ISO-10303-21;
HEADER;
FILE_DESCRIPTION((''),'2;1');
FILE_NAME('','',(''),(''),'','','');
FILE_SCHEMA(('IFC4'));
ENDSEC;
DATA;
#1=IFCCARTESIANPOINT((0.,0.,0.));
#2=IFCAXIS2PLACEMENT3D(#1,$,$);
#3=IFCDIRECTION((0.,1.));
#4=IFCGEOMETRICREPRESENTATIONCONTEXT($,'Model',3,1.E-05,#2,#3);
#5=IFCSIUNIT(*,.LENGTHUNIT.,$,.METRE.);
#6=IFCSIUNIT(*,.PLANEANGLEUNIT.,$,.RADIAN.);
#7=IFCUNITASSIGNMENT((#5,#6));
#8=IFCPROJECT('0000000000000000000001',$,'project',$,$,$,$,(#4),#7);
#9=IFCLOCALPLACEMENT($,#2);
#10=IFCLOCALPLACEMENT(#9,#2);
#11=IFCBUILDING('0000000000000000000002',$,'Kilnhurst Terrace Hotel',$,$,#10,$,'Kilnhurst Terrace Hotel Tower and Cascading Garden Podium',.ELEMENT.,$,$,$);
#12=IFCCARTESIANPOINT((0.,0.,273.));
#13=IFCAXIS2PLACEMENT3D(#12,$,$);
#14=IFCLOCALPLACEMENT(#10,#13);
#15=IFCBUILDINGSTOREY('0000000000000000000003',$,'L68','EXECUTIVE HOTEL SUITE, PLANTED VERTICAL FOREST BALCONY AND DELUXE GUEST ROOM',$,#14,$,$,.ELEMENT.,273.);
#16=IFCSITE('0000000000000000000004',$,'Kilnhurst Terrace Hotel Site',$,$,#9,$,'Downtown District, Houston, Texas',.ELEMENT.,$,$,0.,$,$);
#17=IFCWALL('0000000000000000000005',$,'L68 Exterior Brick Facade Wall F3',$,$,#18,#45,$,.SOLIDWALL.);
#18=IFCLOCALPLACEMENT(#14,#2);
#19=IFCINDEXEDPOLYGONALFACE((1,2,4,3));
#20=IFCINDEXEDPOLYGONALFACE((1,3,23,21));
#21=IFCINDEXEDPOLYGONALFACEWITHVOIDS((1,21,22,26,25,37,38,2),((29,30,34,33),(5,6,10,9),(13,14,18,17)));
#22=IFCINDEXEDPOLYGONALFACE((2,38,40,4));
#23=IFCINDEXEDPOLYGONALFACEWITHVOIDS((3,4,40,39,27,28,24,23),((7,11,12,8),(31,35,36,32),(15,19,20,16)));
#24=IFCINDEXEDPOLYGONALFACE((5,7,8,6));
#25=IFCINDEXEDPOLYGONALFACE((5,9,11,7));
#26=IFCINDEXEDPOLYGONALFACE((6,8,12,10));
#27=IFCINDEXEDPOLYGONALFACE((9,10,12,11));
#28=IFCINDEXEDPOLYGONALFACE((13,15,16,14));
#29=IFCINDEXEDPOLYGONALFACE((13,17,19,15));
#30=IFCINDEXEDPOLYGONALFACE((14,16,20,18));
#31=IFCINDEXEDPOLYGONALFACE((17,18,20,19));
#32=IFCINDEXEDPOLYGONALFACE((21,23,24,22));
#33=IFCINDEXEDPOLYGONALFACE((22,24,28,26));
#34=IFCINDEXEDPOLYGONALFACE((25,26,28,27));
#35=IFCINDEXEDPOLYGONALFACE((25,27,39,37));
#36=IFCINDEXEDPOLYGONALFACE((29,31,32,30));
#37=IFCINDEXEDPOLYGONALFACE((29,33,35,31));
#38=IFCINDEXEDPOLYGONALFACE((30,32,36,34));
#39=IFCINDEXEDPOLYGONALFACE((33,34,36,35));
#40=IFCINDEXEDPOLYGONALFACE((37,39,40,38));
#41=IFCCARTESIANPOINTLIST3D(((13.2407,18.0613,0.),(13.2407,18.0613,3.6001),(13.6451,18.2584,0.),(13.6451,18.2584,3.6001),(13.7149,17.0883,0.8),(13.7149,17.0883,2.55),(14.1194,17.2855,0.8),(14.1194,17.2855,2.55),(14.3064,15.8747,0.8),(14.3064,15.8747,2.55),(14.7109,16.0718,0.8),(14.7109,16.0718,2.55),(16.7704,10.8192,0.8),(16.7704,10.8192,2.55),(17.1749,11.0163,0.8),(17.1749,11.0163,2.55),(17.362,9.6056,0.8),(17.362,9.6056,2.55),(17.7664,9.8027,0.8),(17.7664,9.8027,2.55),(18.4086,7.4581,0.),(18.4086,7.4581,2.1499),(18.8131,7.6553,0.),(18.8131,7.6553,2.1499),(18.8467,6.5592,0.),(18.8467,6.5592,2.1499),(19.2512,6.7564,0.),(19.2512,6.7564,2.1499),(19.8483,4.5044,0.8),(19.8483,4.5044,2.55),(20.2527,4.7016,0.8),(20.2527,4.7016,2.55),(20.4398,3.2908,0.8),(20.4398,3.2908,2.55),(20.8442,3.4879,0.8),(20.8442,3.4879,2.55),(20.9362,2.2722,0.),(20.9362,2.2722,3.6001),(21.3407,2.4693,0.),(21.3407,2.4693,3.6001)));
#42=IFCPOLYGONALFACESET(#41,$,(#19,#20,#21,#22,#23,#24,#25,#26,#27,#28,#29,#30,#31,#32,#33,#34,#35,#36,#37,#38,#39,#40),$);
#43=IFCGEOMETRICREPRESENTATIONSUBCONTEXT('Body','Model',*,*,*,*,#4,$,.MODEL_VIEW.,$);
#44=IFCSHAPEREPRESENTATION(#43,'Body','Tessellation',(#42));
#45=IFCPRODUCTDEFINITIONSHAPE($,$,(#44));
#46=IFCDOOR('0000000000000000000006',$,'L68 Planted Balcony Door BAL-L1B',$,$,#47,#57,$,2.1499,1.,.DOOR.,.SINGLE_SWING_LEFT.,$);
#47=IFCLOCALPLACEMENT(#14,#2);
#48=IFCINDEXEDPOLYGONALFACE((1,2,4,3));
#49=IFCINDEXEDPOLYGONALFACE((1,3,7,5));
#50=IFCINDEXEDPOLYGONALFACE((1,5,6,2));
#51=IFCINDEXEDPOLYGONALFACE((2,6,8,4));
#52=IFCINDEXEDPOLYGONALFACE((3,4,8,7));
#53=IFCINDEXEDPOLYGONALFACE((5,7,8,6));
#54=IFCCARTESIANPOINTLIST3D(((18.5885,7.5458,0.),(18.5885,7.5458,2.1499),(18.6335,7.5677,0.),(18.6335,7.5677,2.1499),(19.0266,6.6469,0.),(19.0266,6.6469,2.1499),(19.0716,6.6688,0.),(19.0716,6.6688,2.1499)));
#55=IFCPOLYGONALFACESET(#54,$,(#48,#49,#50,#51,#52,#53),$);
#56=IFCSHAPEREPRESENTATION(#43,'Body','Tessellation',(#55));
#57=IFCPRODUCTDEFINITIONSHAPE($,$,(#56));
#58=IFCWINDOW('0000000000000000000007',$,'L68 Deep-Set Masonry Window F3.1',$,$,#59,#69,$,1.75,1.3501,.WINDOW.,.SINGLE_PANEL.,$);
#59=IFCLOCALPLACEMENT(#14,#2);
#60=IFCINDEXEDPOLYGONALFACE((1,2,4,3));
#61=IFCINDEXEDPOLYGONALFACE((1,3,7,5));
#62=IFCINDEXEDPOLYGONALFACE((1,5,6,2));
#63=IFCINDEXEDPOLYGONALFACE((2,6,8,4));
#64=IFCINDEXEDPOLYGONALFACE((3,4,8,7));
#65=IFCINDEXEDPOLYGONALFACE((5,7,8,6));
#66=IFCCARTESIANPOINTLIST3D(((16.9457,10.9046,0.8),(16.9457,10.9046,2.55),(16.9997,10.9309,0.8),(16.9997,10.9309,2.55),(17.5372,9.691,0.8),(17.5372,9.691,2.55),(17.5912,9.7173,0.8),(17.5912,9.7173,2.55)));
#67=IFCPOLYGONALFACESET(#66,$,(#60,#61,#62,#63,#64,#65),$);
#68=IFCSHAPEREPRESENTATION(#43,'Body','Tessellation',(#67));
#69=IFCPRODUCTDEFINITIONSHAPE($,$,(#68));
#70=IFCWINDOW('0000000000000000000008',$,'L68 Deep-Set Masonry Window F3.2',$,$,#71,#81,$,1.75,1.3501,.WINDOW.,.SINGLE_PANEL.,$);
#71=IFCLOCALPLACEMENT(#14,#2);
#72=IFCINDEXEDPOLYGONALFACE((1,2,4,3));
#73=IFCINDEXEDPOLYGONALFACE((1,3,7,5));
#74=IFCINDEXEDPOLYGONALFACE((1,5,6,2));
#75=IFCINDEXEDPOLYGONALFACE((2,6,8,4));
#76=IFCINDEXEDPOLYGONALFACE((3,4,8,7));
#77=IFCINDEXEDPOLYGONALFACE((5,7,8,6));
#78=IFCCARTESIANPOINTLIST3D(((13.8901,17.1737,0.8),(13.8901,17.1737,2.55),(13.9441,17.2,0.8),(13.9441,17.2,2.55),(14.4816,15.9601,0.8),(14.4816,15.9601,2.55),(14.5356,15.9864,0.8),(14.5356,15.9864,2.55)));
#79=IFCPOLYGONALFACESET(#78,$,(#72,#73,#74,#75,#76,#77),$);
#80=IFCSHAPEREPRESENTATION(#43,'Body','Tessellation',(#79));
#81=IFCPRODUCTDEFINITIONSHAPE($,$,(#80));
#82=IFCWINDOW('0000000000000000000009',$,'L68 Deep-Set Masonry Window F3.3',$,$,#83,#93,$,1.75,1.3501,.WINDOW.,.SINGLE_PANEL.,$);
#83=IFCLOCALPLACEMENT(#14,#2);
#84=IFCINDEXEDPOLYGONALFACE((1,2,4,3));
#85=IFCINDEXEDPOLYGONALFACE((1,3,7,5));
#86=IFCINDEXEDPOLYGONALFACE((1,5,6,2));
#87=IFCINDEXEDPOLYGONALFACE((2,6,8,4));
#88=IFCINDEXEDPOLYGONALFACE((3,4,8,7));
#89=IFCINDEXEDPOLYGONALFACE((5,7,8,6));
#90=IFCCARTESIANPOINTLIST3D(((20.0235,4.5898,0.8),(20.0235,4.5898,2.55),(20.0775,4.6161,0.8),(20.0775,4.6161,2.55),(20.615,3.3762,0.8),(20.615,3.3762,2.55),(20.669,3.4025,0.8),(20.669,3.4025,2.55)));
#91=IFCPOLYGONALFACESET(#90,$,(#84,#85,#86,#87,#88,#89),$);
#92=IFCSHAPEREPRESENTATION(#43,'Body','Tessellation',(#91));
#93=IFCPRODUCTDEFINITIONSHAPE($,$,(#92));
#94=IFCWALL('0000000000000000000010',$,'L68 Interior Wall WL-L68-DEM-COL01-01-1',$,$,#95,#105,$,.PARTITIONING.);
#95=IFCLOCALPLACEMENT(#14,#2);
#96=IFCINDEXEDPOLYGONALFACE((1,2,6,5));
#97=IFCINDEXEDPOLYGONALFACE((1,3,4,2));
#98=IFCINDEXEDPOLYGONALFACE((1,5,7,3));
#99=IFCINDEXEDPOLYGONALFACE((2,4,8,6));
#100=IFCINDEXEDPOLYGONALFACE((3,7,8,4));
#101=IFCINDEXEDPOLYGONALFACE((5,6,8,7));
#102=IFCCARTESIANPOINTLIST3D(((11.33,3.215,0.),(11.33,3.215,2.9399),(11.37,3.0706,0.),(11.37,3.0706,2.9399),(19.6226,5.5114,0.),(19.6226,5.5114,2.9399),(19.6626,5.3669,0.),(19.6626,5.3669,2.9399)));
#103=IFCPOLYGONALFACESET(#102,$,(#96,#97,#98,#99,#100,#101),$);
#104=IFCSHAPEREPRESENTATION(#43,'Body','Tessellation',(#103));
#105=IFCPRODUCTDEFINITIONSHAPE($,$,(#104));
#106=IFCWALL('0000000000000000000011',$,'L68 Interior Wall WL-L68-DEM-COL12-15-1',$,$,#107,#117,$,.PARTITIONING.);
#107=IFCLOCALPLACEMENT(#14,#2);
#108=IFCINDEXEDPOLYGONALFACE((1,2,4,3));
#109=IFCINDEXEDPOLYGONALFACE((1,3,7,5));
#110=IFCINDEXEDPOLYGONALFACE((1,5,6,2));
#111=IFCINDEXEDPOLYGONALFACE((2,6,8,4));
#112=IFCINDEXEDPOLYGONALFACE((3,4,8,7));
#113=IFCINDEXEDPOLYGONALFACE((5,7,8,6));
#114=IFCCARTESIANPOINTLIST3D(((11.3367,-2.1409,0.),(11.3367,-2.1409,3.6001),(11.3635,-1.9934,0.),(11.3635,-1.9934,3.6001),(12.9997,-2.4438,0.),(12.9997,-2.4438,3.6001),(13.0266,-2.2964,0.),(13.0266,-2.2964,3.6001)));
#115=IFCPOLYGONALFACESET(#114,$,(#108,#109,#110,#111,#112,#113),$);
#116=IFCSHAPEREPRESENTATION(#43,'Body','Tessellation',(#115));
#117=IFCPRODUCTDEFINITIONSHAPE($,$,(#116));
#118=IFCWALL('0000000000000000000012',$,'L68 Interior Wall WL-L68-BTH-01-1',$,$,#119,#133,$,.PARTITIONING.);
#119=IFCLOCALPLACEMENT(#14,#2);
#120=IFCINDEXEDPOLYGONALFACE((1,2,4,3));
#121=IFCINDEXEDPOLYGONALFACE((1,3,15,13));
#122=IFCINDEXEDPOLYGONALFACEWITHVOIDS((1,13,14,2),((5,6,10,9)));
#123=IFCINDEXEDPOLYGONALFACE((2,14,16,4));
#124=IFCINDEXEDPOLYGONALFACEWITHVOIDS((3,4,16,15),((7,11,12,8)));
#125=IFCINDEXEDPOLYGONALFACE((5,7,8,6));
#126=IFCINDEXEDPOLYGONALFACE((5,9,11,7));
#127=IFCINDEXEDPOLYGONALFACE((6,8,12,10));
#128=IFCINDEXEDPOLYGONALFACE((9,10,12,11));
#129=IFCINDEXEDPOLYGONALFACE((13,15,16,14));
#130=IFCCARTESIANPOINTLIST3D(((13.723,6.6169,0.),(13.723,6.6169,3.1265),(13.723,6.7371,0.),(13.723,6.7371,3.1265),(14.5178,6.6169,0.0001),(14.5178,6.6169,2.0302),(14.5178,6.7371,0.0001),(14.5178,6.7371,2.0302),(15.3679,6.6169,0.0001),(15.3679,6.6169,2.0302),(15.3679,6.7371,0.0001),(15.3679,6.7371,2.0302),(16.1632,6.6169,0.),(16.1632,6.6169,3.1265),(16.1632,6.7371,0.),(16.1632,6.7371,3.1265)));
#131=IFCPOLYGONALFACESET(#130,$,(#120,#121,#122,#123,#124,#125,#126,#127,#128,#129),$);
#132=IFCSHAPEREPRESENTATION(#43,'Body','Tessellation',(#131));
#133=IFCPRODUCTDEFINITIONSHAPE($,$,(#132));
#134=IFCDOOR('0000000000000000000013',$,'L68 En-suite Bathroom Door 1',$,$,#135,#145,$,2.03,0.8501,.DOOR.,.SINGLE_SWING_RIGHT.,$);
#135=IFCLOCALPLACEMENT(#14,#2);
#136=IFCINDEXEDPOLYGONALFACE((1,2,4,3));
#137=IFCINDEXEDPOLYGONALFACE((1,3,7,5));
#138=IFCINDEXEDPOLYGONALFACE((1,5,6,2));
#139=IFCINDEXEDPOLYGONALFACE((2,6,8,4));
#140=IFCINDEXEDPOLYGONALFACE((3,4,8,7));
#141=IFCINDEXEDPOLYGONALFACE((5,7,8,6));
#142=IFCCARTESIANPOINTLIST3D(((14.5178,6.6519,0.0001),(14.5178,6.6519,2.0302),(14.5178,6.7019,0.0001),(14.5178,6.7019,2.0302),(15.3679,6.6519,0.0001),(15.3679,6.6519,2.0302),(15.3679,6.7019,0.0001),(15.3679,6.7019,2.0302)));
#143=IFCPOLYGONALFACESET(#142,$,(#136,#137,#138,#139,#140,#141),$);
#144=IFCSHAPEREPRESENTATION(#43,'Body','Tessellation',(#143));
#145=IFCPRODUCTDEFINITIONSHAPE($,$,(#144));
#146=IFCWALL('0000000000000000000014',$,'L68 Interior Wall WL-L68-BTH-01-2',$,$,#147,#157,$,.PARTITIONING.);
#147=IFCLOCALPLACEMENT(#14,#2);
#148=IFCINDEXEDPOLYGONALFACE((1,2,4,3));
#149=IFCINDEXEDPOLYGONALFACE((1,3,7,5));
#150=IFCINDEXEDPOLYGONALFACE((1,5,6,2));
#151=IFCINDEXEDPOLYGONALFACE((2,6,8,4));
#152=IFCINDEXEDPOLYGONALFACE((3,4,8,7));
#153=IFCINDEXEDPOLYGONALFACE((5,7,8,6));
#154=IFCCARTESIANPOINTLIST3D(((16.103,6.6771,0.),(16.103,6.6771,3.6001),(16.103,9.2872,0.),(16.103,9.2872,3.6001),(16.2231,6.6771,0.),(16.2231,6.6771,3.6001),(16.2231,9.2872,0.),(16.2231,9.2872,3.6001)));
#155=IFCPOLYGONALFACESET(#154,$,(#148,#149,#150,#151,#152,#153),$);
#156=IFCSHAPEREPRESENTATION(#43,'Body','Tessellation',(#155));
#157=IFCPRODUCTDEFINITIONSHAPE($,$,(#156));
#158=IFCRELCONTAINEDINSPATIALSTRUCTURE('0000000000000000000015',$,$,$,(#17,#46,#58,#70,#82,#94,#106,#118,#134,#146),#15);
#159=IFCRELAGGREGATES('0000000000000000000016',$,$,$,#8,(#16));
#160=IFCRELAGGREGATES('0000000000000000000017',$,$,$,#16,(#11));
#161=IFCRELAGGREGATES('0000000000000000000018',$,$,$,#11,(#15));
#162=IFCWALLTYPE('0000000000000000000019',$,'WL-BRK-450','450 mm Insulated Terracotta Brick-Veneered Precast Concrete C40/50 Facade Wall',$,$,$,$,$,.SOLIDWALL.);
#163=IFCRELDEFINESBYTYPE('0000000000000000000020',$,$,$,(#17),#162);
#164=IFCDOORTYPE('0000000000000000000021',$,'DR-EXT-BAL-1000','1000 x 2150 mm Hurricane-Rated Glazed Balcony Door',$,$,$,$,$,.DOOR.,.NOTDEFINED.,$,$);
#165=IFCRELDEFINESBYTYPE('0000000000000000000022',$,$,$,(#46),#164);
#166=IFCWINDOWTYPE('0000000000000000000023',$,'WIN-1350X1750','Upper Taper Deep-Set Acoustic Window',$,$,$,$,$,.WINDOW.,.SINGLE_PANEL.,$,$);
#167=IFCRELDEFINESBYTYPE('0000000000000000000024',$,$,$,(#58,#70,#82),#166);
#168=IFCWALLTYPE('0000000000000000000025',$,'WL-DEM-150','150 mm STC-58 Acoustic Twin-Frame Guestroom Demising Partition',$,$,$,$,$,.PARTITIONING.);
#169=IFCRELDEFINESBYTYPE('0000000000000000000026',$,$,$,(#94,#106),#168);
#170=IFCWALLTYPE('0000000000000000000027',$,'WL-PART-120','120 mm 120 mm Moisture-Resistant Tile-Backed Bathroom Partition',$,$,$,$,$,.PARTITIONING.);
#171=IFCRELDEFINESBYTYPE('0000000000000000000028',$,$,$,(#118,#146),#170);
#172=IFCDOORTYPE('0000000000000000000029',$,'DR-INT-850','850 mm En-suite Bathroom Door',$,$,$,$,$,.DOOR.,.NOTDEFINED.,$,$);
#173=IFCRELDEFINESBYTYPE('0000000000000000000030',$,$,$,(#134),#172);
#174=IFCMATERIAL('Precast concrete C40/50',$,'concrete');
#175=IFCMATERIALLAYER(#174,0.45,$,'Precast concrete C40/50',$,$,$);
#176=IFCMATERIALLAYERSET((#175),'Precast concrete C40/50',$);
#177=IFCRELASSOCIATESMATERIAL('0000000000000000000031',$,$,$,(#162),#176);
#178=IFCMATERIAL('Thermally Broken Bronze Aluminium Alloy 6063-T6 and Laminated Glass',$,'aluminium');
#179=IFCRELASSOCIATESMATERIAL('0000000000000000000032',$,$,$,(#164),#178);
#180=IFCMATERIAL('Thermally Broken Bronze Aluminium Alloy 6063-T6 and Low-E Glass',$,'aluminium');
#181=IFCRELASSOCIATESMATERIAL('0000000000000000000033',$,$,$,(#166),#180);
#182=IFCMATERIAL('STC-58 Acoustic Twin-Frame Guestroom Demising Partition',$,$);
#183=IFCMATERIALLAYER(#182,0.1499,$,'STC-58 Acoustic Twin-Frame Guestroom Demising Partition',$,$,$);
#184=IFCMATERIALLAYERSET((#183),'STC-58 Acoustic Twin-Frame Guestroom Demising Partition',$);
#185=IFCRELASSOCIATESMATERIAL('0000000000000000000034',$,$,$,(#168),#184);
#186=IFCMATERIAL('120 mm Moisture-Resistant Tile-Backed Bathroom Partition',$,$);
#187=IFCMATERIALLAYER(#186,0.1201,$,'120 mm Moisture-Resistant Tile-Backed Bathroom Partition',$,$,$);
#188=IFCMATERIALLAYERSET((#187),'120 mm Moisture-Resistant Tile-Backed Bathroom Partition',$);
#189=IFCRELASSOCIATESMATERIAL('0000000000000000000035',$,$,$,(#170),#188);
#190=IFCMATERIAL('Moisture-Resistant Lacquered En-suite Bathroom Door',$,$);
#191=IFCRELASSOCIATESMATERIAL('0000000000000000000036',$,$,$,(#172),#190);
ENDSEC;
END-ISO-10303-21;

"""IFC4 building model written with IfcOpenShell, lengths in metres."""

from ifc_helpers import new_model, si_unit, direction, frame, frame_2d, origin, place, context, subcontext, project, spatial, rectangle, extrude, material, layer, layer_set, type_object, element, fill, save


model = new_model("IFC4")

# Units and contexts
model_context = context("Model", 3, precision=1e-05, world=origin(), true_north=direction((0.0, 1.0)))
body_context = subcontext(model_context, "Body", "Model", "MODEL_VIEW")
ifc_project = project(units=[si_unit("LENGTHUNIT", "METRE"), si_unit("PLANEANGLEUNIT", "RADIAN")], contexts=[model_context])

# Site, building, storey
site_placement = place(None, origin())
site = spatial("IfcSite", under=ifc_project, at=site_placement, Name="Kilnhurst Terrace Hotel Site", LongName="Downtown District, Houston, Texas", CompositionType="ELEMENT", RefElevation=0.0)
building_placement = place(site_placement, origin())
building = spatial("IfcBuilding", under=site, at=building_placement, Name="Kilnhurst Terrace Hotel", LongName="Kilnhurst Terrace Hotel Tower and Cascading Garden Podium", CompositionType="ELEMENT")
storey_placement = place(building_placement, frame((0.0, 0.0, 273.0)))
storey = spatial("IfcBuildingStorey", under=building, at=storey_placement, Name="L68", Description="EXECUTIVE HOTEL SUITE, PLANTED VERTICAL FOREST BALCONY AND DELUXE GUEST ROOM", CompositionType="ELEMENT", Elevation=273.0)

# Shared definitions
ifc_material_1 = material(Name="Precast concrete C40/50", Category="concrete")
ifc_layer_1 = layer(ifc_material_1, 0.45, Name="Precast concrete C40/50")
ifc_layer_set_1 = layer_set([ifc_layer_1], Name="Precast concrete C40/50")
wall_type_1 = type_object("IfcWallType", Name="WL-BRK-450", Description="450 mm Insulated Terracotta Brick-Veneered Precast Concrete C40/50 Facade Wall", PredefinedType="SOLIDWALL", material=ifc_layer_set_1)

# Wall, openings, door, windows
wall_1_placement = place(storey_placement, frame((21.1384, 2.3708, 0.0), z_axis=(0.0, 0.0, 1.0), x_axis=(-0.438128, 0.898913, 0.0)))
wall_1 = element("IfcWall", 1, at=wall_1_placement, inside=storey, type_object=wall_type_1, Name="L68 Exterior Brick Facade Wall F3", PredefinedType="SOLIDWALL", context=body_context, shape_type="SweptSolid", body=[
    extrude(rectangle(XDim=17.5647, YDim=0.45, at=frame_2d((8.7822, 0.0))), origin(), (0.0, 0.0, 1.0), 3.6001),
])
opening_1_placement = place(wall_1_placement, frame((4.769, 0.0, 0.0)))
opening_1 = element("IfcOpeningElement", 2, at=opening_1_placement, cuts=wall_1, PredefinedType="OPENING", context=body_context, shape_type="SweptSolid", body=[
    extrude(rectangle(XDim=1.0, YDim=2.1499, at=frame_2d((0.5, 1.075))), frame((0.0, 0.2349, 0.0), z_axis=(0.0, -1.0, 0.0), x_axis=(1.0, 0.0, 0.0)), (0.0, 0.0, 1.0), 0.47),
])
opening_2_placement = place(wall_1_placement, frame((8.158, 0.0, 0.8)))
opening_2 = element("IfcOpeningElement", 3, at=opening_2_placement, cuts=wall_1, PredefinedType="OPENING", context=body_context, shape_type="SweptSolid", body=[
    extrude(rectangle(XDim=1.3501, YDim=1.75, at=frame_2d((0.675, 0.875))), frame((0.0, 0.2349, 0.0), z_axis=(0.0, -1.0, 0.0), x_axis=(1.0, 0.0, 0.0)), (0.0, 0.0, 1.0), 0.47),
])
opening_3_placement = place(wall_1_placement, frame((15.1321, 0.0, 0.8)))
opening_3 = element("IfcOpeningElement", 4, at=opening_3_placement, cuts=wall_1, PredefinedType="OPENING", context=body_context, shape_type="SweptSolid", body=[
    extrude(rectangle(XDim=1.3501, YDim=1.75, at=frame_2d((0.675, 0.875))), frame((0.0, 0.2349, 0.0), z_axis=(0.0, -1.0, 0.0), x_axis=(1.0, 0.0, 0.0)), (0.0, 0.0, 1.0), 0.47),
])
opening_4_placement = place(wall_1_placement, frame((1.1331, 0.0, 0.8)))
opening_4 = element("IfcOpeningElement", 5, at=opening_4_placement, cuts=wall_1, PredefinedType="OPENING", context=body_context, shape_type="SweptSolid", body=[
    extrude(rectangle(XDim=1.3501, YDim=1.75, at=frame_2d((0.675, 0.875))), frame((0.0, 0.2349, 0.0), z_axis=(0.0, -1.0, 0.0), x_axis=(1.0, 0.0, 0.0)), (0.0, 0.0, 1.0), 0.47),
])
ifc_material_2 = material(Name="Thermally Broken Bronze Aluminium Alloy 6063-T6 and Laminated Glass", Category="aluminium")
door_type_1 = type_object("IfcDoorType", Name="DR-EXT-BAL-1000", Description="1000 x 2150 mm Hurricane-Rated Glazed Balcony Door", OperationType="NOTDEFINED", PredefinedType="DOOR", material=ifc_material_2)
door_1_placement = place(opening_1_placement, origin())
door_1 = element("IfcDoor", 6, at=door_1_placement, inside=storey, type_object=door_type_1, Name="L68 Planted Balcony Door BAL-L1B", OperationType="SINGLE_SWING_LEFT", OverallHeight=2.1499, OverallWidth=1.0, PredefinedType="DOOR", context=body_context, shape_type="SweptSolid", body=[
    extrude(rectangle(XDim=1.0, YDim=2.1499, at=frame_2d((0.5, 1.075))), frame((0.0, 0.0249, 0.0), z_axis=(0.0, -1.0, 0.0), x_axis=(1.0, 0.0, 0.0)), (0.0, 0.0, 1.0), 0.05),
])
fill(opening_1, door_1)
ifc_material_3 = material(Name="Thermally Broken Bronze Aluminium Alloy 6063-T6 and Low-E Glass", Category="aluminium")
window_type = type_object("IfcWindowType", Name="WIN-1350X1750", Description="Upper Taper Deep-Set Acoustic Window", PartitioningType="SINGLE_PANEL", PredefinedType="WINDOW", material=ifc_material_3)
window_1_placement = place(opening_2_placement, origin())
window_1 = element("IfcWindow", 7, at=window_1_placement, inside=storey, type_object=window_type, Name="L68 Deep-Set Masonry Window F3.1", OverallHeight=1.75, OverallWidth=1.3501, PartitioningType="SINGLE_PANEL", PredefinedType="WINDOW", context=body_context, shape_type="SweptSolid", body=[
    extrude(rectangle(XDim=1.3501, YDim=1.75, at=frame_2d((0.675, 0.875))), frame((0.0, 0.03, 0.0), z_axis=(0.0, -1.0, 0.0), x_axis=(1.0, 0.0, 0.0)), (0.0, 0.0, 1.0), 0.0601),
])
fill(opening_2, window_1)
window_2_placement = place(opening_3_placement, origin())
window_2 = element("IfcWindow", 8, at=window_2_placement, inside=storey, type_object=window_type, Name="L68 Deep-Set Masonry Window F3.2", OverallHeight=1.75, OverallWidth=1.3501, PartitioningType="SINGLE_PANEL", PredefinedType="WINDOW", context=body_context, shape_type="SweptSolid", body=[
    extrude(rectangle(XDim=1.3501, YDim=1.75, at=frame_2d((0.675, 0.875))), frame((0.0, 0.03, 0.0), z_axis=(0.0, -1.0, 0.0), x_axis=(1.0, 0.0, 0.0)), (0.0, 0.0, 1.0), 0.0601),
])
fill(opening_3, window_2)
window_3_placement = place(opening_4_placement, origin())
window_3 = element("IfcWindow", 9, at=window_3_placement, inside=storey, type_object=window_type, Name="L68 Deep-Set Masonry Window F3.3", OverallHeight=1.75, OverallWidth=1.3501, PartitioningType="SINGLE_PANEL", PredefinedType="WINDOW", context=body_context, shape_type="SweptSolid", body=[
    extrude(rectangle(XDim=1.3501, YDim=1.75, at=frame_2d((0.675, 0.875))), frame((0.0, 0.03, 0.0), z_axis=(0.0, -1.0, 0.0), x_axis=(1.0, 0.0, 0.0)), (0.0, 0.0, 1.0), 0.0601),
])
fill(opening_4, window_3)

# Walls
ifc_material_4 = material(Name="STC-58 Acoustic Twin-Frame Guestroom Demising Partition")
ifc_layer_2 = layer(ifc_material_4, 0.1499, Name="STC-58 Acoustic Twin-Frame Guestroom Demising Partition")
ifc_layer_set_2 = layer_set([ifc_layer_2], Name="STC-58 Acoustic Twin-Frame Guestroom Demising Partition")
wall_type_2 = type_object("IfcWallType", Name="WL-DEM-150", Description="150 mm STC-58 Acoustic Twin-Frame Guestroom Demising Partition", PredefinedType="PARTITIONING", material=ifc_layer_set_2)
wall_2_placement = place(storey_placement, frame((11.3501, 3.1428, 0.0), z_axis=(0.0, 0.0, 1.0), x_axis=(0.963732, 0.266873, 0.0)))
element("IfcWall", 10, at=wall_2_placement, inside=storey, type_object=wall_type_2, Name="L68 Interior Wall WL-L68-DEM-COL01-01-1", PredefinedType="PARTITIONING", context=body_context, shape_type="SweptSolid", body=[
    extrude(rectangle(XDim=8.6047, YDim=0.1499, at=frame_2d((4.3022, 0.0))), origin(), (0.0, 0.0, 1.0), 2.9399),
])
wall_3_placement = place(storey_placement, frame((11.3501, -2.0671, 0.0), z_axis=(0.0, 0.0, 1.0), x_axis=(0.983807, -0.179229, 0.0)))
element("IfcWall", 11, at=wall_3_placement, inside=storey, type_object=wall_type_2, Name="L68 Interior Wall WL-L68-DEM-COL12-15-1", PredefinedType="PARTITIONING", context=body_context, shape_type="SweptSolid", body=[
    extrude(rectangle(XDim=1.6904, YDim=0.1499, at=frame_2d((0.8452, 0.0))), origin(), (0.0, 0.0, 1.0), 3.6001),
])

# Wall, opening, door
ifc_material_5 = material(Name="120 mm Moisture-Resistant Tile-Backed Bathroom Partition")
ifc_layer_3 = layer(ifc_material_5, 0.1201, Name="120 mm Moisture-Resistant Tile-Backed Bathroom Partition")
ifc_layer_set_3 = layer_set([ifc_layer_3], Name="120 mm Moisture-Resistant Tile-Backed Bathroom Partition")
wall_type_3 = type_object("IfcWallType", Name="WL-PART-120", Description="120 mm 120 mm Moisture-Resistant Tile-Backed Bathroom Partition", PredefinedType="PARTITIONING", material=ifc_layer_set_3)
wall_4_placement = place(storey_placement, frame((13.7229, 6.677, 0.0), z_axis=(0.0, 0.0, 1.0), x_axis=(1.0, 0.0, 0.0)))
wall_4 = element("IfcWall", 12, at=wall_4_placement, inside=storey, type_object=wall_type_3, Name="L68 Interior Wall WL-L68-BTH-01-1", PredefinedType="PARTITIONING", context=body_context, shape_type="SweptSolid", body=[
    extrude(rectangle(XDim=2.4402, YDim=0.1201, at=frame_2d((1.2202, 0.0))), origin(), (0.0, 0.0, 1.0), 3.1265),
])
opening_5_placement = place(wall_4_placement, frame((0.7949, 0.0, 0.0)))
opening_5 = element("IfcOpeningElement", 13, at=opening_5_placement, cuts=wall_4, PredefinedType="OPENING", context=body_context, shape_type="SweptSolid", body=[
    extrude(rectangle(XDim=0.8501, YDim=2.03, at=frame_2d((0.425, 1.0151))), frame((0.0, 0.0701, 0.0), z_axis=(0.0, -1.0, 0.0), x_axis=(1.0, 0.0, 0.0)), (0.0, 0.0, 1.0), 0.1401),
])
ifc_material_6 = material(Name="Moisture-Resistant Lacquered En-suite Bathroom Door")
door_type_2 = type_object("IfcDoorType", Name="DR-INT-850", Description="850 mm En-suite Bathroom Door", OperationType="NOTDEFINED", PredefinedType="DOOR", material=ifc_material_6)
door_2_placement = place(opening_5_placement, origin())
door_2 = element("IfcDoor", 14, at=door_2_placement, inside=storey, type_object=door_type_2, Name="L68 En-suite Bathroom Door 1", OperationType="SINGLE_SWING_RIGHT", OverallHeight=2.03, OverallWidth=0.8501, PredefinedType="DOOR", context=body_context, shape_type="SweptSolid", body=[
    extrude(rectangle(XDim=0.8501, YDim=2.03, at=frame_2d((0.425, 1.0151))), frame((0.0, 0.0249, 0.0), z_axis=(0.0, -1.0, 0.0), x_axis=(1.0, 0.0, 0.0)), (0.0, 0.0, 1.0), 0.05),
])
fill(opening_5, door_2)

# Wall
wall_5_placement = place(storey_placement, frame((16.1631, 6.677, 0.0), z_axis=(0.0, 0.0, 1.0), x_axis=(0.0, 1.0, 0.0)))
element("IfcWall", 15, at=wall_5_placement, inside=storey, type_object=wall_type_3, Name="L68 Interior Wall WL-L68-BTH-01-2", PredefinedType="PARTITIONING", context=body_context, shape_type="SweptSolid", body=[
    extrude(rectangle(XDim=2.6101, YDim=0.1201, at=frame_2d((1.3052, 0.0))), origin(), (0.0, 0.0, 1.0), 3.6001),
])

save(model, "model.ifc")
